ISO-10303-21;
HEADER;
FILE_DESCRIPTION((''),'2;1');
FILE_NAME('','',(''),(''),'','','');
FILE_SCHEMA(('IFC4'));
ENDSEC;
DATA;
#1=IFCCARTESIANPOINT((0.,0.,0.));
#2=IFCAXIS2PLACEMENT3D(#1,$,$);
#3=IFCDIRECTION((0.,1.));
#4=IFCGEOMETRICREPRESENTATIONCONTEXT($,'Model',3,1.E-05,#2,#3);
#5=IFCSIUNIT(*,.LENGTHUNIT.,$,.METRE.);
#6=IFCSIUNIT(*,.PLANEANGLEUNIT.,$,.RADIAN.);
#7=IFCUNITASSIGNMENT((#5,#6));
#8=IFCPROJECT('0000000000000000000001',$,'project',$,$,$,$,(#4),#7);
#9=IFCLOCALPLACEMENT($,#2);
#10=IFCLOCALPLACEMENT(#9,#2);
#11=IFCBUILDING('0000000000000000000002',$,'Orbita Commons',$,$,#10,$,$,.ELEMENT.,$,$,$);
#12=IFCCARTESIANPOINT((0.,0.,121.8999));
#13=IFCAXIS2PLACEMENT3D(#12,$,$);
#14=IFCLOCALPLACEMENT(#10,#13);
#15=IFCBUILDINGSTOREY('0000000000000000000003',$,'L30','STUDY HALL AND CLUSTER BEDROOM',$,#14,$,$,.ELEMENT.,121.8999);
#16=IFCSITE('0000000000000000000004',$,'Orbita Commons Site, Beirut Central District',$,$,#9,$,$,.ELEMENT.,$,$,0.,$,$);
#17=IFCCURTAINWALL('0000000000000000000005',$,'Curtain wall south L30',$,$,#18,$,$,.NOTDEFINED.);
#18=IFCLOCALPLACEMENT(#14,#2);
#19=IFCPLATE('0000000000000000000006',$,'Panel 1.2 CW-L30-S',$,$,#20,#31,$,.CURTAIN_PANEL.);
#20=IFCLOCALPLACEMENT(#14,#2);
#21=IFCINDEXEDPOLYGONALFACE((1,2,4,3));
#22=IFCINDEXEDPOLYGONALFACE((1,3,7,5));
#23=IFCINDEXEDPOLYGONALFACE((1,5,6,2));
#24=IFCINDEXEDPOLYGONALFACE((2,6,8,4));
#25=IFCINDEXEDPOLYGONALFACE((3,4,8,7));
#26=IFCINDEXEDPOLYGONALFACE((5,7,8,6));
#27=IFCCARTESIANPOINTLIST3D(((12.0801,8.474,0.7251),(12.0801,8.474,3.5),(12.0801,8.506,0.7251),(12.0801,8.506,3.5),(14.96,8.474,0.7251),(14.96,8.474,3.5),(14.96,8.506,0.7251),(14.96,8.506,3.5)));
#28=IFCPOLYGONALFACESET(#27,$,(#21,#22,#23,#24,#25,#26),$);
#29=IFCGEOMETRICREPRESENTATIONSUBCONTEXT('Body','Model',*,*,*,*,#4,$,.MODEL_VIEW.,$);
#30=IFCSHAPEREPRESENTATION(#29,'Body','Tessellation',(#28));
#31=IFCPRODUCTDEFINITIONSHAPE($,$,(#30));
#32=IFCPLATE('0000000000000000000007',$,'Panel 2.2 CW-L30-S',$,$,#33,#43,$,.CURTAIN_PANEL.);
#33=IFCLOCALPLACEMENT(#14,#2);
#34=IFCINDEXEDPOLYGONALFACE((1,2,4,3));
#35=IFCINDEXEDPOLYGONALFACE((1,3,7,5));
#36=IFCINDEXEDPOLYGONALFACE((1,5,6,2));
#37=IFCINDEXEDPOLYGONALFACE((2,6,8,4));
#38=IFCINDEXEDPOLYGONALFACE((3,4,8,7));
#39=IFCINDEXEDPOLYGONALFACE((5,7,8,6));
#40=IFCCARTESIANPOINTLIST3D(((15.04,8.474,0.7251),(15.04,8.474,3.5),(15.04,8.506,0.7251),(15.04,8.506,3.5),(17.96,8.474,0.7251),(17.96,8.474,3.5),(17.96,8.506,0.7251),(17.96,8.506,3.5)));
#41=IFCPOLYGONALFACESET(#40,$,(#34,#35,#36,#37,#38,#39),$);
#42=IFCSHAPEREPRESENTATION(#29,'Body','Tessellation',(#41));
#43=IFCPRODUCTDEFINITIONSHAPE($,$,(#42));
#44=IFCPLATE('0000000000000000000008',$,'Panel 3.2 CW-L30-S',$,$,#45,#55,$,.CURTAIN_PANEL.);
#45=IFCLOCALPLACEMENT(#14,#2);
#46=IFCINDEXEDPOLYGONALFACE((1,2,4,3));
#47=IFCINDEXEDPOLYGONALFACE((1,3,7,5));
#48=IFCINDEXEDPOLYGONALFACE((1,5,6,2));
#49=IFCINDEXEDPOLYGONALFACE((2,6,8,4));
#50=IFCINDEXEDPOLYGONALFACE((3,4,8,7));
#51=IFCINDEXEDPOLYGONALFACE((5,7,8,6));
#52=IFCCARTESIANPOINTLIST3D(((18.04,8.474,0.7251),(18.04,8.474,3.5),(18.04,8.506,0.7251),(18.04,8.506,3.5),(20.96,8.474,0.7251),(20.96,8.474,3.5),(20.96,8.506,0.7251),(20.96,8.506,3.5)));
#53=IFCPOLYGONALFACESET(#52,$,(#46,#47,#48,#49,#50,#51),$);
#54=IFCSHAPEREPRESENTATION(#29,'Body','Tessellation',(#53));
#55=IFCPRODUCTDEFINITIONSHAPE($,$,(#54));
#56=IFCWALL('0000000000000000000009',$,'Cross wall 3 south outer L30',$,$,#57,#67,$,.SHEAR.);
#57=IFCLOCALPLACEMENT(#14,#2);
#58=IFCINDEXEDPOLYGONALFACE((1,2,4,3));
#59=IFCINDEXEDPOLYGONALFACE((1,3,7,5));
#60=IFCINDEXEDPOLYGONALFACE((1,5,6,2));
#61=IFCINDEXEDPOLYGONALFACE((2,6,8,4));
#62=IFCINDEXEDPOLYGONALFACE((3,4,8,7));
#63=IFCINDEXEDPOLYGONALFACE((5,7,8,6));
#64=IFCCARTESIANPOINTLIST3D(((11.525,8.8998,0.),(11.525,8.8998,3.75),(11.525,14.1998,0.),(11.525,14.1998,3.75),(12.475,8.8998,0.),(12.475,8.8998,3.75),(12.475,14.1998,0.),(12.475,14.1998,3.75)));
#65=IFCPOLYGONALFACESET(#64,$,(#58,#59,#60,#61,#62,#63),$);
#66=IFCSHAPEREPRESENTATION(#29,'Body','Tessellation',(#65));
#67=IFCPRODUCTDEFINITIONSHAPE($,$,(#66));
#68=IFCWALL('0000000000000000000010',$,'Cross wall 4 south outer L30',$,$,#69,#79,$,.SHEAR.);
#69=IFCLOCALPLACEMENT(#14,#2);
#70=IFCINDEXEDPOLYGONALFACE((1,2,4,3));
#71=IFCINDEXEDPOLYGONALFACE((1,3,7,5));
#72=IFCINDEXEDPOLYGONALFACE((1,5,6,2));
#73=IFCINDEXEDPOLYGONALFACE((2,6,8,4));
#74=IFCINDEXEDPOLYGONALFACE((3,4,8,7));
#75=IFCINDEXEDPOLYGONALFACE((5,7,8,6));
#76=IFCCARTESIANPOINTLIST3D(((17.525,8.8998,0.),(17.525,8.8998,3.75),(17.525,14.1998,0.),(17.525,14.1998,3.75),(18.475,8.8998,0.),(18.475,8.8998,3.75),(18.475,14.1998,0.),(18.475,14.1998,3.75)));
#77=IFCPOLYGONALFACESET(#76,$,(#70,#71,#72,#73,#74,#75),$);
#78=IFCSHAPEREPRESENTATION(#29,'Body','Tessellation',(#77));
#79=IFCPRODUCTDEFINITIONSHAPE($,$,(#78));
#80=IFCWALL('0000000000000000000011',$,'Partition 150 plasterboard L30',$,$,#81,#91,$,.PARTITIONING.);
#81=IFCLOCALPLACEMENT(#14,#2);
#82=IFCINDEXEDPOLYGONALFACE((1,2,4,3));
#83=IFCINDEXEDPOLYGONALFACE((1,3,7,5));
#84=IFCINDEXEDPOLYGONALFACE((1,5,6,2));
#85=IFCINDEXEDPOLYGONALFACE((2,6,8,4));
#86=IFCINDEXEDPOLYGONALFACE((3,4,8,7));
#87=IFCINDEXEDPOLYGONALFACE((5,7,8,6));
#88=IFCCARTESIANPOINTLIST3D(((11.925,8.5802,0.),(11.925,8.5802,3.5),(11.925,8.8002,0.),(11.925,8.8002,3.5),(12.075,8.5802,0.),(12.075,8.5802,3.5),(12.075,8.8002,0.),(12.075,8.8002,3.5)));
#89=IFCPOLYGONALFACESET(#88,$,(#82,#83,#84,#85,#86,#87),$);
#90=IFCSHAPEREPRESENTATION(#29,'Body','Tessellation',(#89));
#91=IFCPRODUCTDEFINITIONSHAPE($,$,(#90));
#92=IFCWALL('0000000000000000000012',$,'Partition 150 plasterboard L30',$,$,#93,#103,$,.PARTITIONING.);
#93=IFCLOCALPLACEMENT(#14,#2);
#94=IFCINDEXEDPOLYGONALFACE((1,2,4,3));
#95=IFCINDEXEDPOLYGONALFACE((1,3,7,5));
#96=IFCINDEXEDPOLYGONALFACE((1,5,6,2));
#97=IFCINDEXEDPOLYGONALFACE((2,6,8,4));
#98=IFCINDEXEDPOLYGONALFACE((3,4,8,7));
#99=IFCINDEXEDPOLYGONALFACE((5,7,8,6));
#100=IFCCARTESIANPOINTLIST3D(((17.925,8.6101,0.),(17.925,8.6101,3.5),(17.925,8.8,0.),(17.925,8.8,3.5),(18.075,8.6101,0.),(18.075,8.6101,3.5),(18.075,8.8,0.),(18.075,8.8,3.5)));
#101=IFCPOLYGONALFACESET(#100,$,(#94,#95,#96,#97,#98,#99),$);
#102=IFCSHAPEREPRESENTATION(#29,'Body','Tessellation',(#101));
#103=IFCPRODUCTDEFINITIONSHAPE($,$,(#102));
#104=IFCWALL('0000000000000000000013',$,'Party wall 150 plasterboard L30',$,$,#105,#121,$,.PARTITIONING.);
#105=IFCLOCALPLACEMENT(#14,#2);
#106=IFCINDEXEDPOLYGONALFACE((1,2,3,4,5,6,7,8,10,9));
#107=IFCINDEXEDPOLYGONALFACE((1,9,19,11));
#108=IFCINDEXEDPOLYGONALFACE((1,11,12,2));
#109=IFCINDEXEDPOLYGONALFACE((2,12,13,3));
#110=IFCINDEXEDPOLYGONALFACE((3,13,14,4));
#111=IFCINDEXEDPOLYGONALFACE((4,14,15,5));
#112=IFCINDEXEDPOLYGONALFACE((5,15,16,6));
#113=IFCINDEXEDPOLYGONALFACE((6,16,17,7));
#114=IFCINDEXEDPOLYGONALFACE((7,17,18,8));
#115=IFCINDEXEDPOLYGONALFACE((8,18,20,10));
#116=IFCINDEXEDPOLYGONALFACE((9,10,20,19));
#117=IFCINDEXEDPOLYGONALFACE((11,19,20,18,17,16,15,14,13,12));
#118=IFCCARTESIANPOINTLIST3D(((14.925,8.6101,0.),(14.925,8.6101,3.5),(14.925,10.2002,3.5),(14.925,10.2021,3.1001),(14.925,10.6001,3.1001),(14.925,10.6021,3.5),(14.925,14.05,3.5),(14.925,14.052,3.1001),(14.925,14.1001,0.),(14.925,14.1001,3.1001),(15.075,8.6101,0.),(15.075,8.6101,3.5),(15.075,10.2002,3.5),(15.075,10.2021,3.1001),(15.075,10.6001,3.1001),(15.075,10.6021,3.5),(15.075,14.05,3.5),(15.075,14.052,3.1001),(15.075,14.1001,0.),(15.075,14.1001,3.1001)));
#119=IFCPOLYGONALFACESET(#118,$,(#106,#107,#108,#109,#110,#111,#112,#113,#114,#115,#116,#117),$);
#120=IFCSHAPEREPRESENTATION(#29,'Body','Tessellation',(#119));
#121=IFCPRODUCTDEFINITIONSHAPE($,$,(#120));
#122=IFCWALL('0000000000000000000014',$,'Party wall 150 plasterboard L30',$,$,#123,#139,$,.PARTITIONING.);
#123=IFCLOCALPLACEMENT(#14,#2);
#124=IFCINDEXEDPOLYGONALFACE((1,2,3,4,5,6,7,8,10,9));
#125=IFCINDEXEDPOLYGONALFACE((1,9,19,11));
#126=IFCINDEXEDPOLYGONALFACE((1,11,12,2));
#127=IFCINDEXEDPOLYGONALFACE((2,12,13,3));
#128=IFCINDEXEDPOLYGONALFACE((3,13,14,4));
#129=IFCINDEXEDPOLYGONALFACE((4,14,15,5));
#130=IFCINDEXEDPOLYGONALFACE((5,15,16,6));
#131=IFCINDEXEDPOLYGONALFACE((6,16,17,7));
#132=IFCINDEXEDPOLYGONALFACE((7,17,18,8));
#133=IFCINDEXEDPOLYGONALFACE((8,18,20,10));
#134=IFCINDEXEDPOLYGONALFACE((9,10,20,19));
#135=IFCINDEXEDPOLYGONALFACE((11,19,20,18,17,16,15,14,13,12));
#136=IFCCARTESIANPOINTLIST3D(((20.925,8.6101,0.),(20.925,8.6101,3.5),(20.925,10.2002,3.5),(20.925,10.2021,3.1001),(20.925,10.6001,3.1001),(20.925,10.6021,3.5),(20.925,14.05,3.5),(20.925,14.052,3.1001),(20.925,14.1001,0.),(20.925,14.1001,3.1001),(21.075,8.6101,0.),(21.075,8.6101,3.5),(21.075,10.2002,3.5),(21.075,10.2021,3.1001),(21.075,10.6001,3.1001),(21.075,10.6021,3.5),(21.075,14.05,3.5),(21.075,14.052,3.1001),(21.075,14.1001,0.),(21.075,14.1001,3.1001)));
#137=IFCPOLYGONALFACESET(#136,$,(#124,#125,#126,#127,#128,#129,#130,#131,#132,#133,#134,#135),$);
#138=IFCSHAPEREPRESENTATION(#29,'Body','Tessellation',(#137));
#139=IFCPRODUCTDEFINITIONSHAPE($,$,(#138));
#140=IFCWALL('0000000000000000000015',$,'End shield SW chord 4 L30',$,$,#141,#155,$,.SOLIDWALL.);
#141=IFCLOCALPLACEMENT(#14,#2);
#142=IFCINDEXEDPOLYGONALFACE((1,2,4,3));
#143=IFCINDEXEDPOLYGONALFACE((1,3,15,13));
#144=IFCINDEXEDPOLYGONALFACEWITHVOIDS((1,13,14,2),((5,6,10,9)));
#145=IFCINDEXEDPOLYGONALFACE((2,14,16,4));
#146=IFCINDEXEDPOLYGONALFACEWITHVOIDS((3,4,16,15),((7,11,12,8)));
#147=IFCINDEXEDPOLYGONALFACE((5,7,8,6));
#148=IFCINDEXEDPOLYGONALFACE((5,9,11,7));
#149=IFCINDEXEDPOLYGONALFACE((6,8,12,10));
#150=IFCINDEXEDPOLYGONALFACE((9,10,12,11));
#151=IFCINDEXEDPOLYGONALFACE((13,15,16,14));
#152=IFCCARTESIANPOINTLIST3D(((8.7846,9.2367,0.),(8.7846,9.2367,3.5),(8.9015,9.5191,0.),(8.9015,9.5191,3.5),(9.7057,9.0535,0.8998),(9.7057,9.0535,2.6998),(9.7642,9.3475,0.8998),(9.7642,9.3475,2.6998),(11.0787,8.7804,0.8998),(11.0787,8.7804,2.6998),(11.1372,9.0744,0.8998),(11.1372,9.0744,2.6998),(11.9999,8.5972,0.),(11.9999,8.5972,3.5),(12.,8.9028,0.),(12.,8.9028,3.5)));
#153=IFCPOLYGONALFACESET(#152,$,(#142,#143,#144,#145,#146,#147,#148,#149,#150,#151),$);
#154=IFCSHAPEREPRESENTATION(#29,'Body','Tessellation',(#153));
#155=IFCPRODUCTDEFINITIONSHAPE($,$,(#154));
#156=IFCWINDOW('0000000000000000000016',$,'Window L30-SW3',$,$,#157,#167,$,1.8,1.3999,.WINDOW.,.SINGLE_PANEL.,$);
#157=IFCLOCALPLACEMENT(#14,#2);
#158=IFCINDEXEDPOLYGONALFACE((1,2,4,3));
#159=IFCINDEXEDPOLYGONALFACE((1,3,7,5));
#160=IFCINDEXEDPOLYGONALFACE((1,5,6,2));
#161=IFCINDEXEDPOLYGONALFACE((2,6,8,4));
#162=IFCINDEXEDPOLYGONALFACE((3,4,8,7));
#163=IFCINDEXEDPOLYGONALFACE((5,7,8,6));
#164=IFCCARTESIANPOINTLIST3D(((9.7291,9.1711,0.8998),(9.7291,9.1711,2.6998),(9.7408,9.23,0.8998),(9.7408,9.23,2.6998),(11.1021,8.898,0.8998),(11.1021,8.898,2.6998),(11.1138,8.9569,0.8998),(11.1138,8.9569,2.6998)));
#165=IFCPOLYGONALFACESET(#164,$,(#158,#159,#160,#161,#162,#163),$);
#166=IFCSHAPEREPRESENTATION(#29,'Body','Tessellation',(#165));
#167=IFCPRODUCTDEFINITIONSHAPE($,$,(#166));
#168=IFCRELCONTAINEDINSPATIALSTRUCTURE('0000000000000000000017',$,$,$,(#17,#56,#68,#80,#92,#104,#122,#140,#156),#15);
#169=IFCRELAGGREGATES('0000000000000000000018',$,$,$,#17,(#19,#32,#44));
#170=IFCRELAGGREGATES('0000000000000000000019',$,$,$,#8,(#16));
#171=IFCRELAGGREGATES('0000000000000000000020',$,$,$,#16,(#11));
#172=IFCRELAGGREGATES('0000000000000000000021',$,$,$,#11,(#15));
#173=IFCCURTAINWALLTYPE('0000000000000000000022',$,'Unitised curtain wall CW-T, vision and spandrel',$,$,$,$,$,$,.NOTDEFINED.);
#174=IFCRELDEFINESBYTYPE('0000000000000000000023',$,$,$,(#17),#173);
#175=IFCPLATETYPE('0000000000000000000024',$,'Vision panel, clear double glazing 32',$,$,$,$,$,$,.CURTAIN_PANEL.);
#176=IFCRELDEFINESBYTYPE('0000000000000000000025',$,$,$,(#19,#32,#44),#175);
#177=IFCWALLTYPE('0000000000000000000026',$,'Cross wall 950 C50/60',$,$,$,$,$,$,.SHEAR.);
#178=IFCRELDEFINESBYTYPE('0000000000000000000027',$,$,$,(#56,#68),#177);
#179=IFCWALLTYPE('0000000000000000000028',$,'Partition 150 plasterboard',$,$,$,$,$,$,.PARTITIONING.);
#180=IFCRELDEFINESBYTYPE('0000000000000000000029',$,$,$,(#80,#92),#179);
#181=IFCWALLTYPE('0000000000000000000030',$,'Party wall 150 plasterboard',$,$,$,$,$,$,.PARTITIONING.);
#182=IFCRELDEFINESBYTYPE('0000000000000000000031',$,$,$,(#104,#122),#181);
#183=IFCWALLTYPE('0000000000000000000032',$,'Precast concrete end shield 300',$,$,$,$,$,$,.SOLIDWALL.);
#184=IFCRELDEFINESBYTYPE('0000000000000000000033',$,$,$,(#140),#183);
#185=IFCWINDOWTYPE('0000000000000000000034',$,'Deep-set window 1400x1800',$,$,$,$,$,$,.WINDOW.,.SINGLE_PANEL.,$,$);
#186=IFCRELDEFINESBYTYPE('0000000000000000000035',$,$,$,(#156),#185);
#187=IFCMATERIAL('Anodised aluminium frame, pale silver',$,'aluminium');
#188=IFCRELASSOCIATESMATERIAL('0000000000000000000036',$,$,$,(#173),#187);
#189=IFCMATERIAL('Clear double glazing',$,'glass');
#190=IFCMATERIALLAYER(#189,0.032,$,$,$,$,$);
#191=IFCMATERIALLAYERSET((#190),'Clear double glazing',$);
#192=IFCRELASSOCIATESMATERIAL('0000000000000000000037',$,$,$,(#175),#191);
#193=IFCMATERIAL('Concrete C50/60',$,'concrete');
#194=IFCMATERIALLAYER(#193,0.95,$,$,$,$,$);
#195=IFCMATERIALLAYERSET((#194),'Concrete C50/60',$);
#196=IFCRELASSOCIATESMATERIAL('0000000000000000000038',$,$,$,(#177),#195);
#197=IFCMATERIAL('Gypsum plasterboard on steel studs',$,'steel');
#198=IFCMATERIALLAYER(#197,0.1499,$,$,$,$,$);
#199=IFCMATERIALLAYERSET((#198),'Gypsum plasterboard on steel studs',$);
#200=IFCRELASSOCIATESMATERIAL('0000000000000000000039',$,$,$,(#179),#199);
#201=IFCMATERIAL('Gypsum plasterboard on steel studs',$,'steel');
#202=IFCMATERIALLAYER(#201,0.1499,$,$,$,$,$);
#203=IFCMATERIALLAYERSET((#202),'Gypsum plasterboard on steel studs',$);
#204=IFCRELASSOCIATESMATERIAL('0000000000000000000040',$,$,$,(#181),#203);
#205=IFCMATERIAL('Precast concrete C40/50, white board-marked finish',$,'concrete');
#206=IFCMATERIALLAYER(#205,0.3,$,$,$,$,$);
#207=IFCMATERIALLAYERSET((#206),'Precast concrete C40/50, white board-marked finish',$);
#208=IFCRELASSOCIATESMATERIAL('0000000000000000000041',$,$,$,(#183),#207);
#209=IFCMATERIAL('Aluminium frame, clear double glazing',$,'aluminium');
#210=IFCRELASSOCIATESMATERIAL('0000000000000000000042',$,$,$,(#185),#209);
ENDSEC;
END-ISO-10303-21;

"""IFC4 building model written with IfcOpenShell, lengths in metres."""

from ifc_helpers import new_model, si_unit, direction, frame, frame_2d, origin, origin_2d, place, context, subcontext, project, spatial, polyline, rectangle, outline, extrude, material, layer, layer_set, type_object, element, fill, aggregate, save


model = new_model("IFC4")

# Units and contexts
model_context = context("Model", 3, precision=1e-05, world=origin(), true_north=direction((0.0, 1.0)))
body_context = subcontext(model_context, "Body", "Model", "MODEL_VIEW")
ifc_project = project(units=[si_unit("LENGTHUNIT", "METRE"), si_unit("PLANEANGLEUNIT", "RADIAN")], contexts=[model_context])

# Site, building, storey
site_placement = place(None, origin())
site = spatial("IfcSite", under=ifc_project, at=site_placement, Name="Orbita Commons Site, Beirut Central District", CompositionType="ELEMENT", RefElevation=0.0)
building_placement = place(site_placement, origin())
building = spatial("IfcBuilding", under=site, at=building_placement, Name="Orbita Commons", CompositionType="ELEMENT")
storey_placement = place(building_placement, frame((0.0, 0.0, 121.8999)))
storey = spatial("IfcBuildingStorey", under=building, at=storey_placement, Name="L30", Description="STUDY HALL AND CLUSTER BEDROOM", CompositionType="ELEMENT", Elevation=121.8999)

# Curtain wall
ifc_material_1 = material(Name="Anodised aluminium frame, pale silver", Category="aluminium")
curtain_wall_type = type_object("IfcCurtainWallType", Name="Unitised curtain wall CW-T, vision and spandrel", PredefinedType="NOTDEFINED", material=ifc_material_1)
curtain_wall_placement = place(storey_placement, origin())
curtain_wall = element("IfcCurtainWall", 1, at=curtain_wall_placement, inside=storey, type_object=curtain_wall_type, Name="Curtain wall south L30", PredefinedType="NOTDEFINED")

# Plates
ifc_material_2 = material(Name="Clear double glazing", Category="glass")
ifc_layer_1 = layer(ifc_material_2, 0.032)
ifc_layer_set_1 = layer_set([ifc_layer_1], Name="Clear double glazing")
plate_type_1 = type_object("IfcPlateType", Name="Vision panel, clear double glazing 32", PredefinedType="CURTAIN_PANEL", material=ifc_layer_set_1)
plate_1_placement = place(storey_placement, frame((13.52, 8.49, 0.7251), z_axis=(0.0, 0.0, 1.0), x_axis=(1.0, 0.0, 0.0)))
plate_1 = element("IfcPlate", 2, at=plate_1_placement, type_object=plate_type_1, Name="Panel 1.2 CW-L30-S", PredefinedType="CURTAIN_PANEL", context=body_context, shape_type="SweptSolid", body=[
    extrude(rectangle(XDim=2.8799, YDim=0.032, at=origin_2d()), origin(), (0.0, 0.0, 1.0), 2.7749),
])
plate_2_placement = place(storey_placement, frame((16.5, 8.49, 0.7251), z_axis=(0.0, 0.0, 1.0), x_axis=(1.0, 0.0, 0.0)))
plate_2 = element("IfcPlate", 3, at=plate_2_placement, type_object=plate_type_1, Name="Panel 2.2 CW-L30-S", PredefinedType="CURTAIN_PANEL", context=body_context, shape_type="SweptSolid", body=[
    extrude(rectangle(XDim=2.9199, YDim=0.032, at=origin_2d()), origin(), (0.0, 0.0, 1.0), 2.7749),
])
plate_3_placement = place(storey_placement, frame((19.5, 8.49, 0.7251), z_axis=(0.0, 0.0, 1.0), x_axis=(1.0, 0.0, 0.0)))
plate_3 = element("IfcPlate", 4, at=plate_3_placement, type_object=plate_type_1, Name="Panel 3.2 CW-L30-S", PredefinedType="CURTAIN_PANEL", context=body_context, shape_type="SweptSolid", body=[
    extrude(rectangle(XDim=2.9199, YDim=0.032, at=origin_2d()), origin(), (0.0, 0.0, 1.0), 2.7749),
])
aggregate(curtain_wall, [plate_1, plate_2, plate_3])

# Walls
ifc_material_3 = material(Name="Concrete C50/60", Category="concrete")
ifc_layer_2 = layer(ifc_material_3, 0.95)
ifc_layer_set_2 = layer_set([ifc_layer_2], Name="Concrete C50/60")
wall_type_1 = type_object("IfcWallType", Name="Cross wall 950 C50/60", PredefinedType="SHEAR", material=ifc_layer_set_2)
for number, where, z_axis, x_axis, name in (
    (5, (12.0, 8.8999, 0.0), (0.0, 0.0, 1.0), (0.0, 1.0, 0.0), "Cross wall 3 south outer L30"),
    (6, (18.0, 8.8999, 0.0), (0.0, 0.0, 1.0), (0.0, 1.0, 0.0), "Cross wall 4 south outer L30"),
):
    element("IfcWall", number, at=place(storey_placement, frame(where, z_axis=z_axis, x_axis=x_axis)), inside=storey, type_object=wall_type_1, Name=name, PredefinedType="SHEAR", context=body_context, shape_type="SweptSolid", body=[
        extrude(rectangle(XDim=5.3, YDim=0.95, at=frame_2d((2.6499, 0.0))), origin(), (0.0, 0.0, 1.0), 3.75),
    ])
ifc_material_4 = material(Name="Gypsum plasterboard on steel studs", Category="steel")
ifc_layer_3 = layer(ifc_material_4, 0.1499)
ifc_layer_set_3 = layer_set([ifc_layer_3], Name="Gypsum plasterboard on steel studs")
wall_type_2 = type_object("IfcWallType", Name="Partition 150 plasterboard", PredefinedType="PARTITIONING", material=ifc_layer_set_3)
wall_1_placement = place(storey_placement, frame((12.0, 8.8, 0.0), z_axis=(0.0, 0.0, 1.0), x_axis=(0.0, -1.0, 0.0)))
element("IfcWall", 7, at=wall_1_placement, inside=storey, type_object=wall_type_2, Name="Partition 150 plasterboard L30", PredefinedType="PARTITIONING", context=body_context, shape_type="SweptSolid", body=[
    extrude(rectangle(XDim=0.22, YDim=0.1499, at=frame_2d((0.1099, 0.0))), origin(), (0.0, 0.0, 1.0), 3.5),
])
wall_2_placement = place(storey_placement, frame((18.0, 8.8, 0.0), z_axis=(0.0, 0.0, 1.0), x_axis=(0.0, -1.0, 0.0)))
element("IfcWall", 8, at=wall_2_placement, inside=storey, type_object=wall_type_2, Name="Partition 150 plasterboard L30", PredefinedType="PARTITIONING", context=body_context, shape_type="SweptSolid", body=[
    extrude(rectangle(XDim=0.1899, YDim=0.1499, at=frame_2d((0.095, 0.0))), origin(), (0.0, 0.0, 1.0), 3.5),
])
ifc_material_5 = material(Name="Gypsum plasterboard on steel studs", Category="steel")
ifc_layer_4 = layer(ifc_material_5, 0.1499)
ifc_layer_set_4 = layer_set([ifc_layer_4], Name="Gypsum plasterboard on steel studs")
wall_type_3 = type_object("IfcWallType", Name="Party wall 150 plasterboard", PredefinedType="PARTITIONING", material=ifc_layer_set_4)
for number, where, z_axis, x_axis, name in (
    (9, (15.0, 8.6101, 0.0), (0.0, 0.0, 1.0), (0.0, 1.0, 0.0), "Party wall 150 plasterboard L30"),
    (10, (21.0, 8.6101, 0.0), (0.0, 0.0, 1.0), (0.0, 1.0, 0.0), "Party wall 150 plasterboard L30"),
):
    element("IfcWall", number, at=place(storey_placement, frame(where, z_axis=z_axis, x_axis=x_axis)), inside=storey, type_object=wall_type_3, Name=name, PredefinedType="PARTITIONING", context=body_context, shape_type="SweptSolid", body=[
        extrude(outline(polyline([(0.0, 0.0), (5.49, 0.0), (5.49, 3.1001), (5.4419, 3.1001), (5.4399, 3.5), (1.9919, 3.5), (1.99, 3.1001), (1.592, 3.1001), (1.5901, 3.5), (0.0, 3.5), (0.0, 0.0)])), frame((0.0, 0.075, 0.0), z_axis=(0.0, -1.0, 0.0), x_axis=(1.0, 0.0, 0.0)), (0.0, 0.0, 1.0), 0.1499),
    ])

# Wall, opening, window
ifc_material_6 = material(Name="Precast concrete C40/50, white board-marked finish", Category="concrete")
ifc_layer_5 = layer(ifc_material_6, 0.3)
ifc_layer_set_5 = layer_set([ifc_layer_5], Name="Precast concrete C40/50, white board-marked finish")
wall_type_4 = type_object("IfcWallType", Name="Precast concrete end shield 300", PredefinedType="SOLIDWALL", material=ifc_layer_set_5)
wall_3_placement = place(storey_placement, frame((8.843, 9.3779, 0.0), z_axis=(0.0, 0.0, 1.0), x_axis=(0.980787, -0.19508, 0.0)))
wall_3 = element("IfcWall", 11, at=wall_3_placement, inside=storey, type_object=wall_type_4, Name="End shield SW chord 4 L30", PredefinedType="SOLIDWALL", context=body_context, shape_type="SweptSolid", body=[
    extrude(outline(polyline([(-0.0298, -0.1499), (3.2485, -0.1499), (3.189, 0.1499), (0.0298, 0.1499), (-0.0298, -0.1499)])), origin(), (0.0, 0.0, 1.0), 3.5),
])
opening_placement = place(wall_3_placement, frame((0.9094, 0.0, 0.8999)))
opening = element("IfcOpeningElement", 12, at=opening_placement, cuts=wall_3, PredefinedType="OPENING", context=body_context, shape_type="SweptSolid", body=[
    extrude(rectangle(XDim=1.3999, YDim=1.8, at=frame_2d((0.7, 0.8999))), frame((0.0, 0.1599, 0.0), z_axis=(0.0, -1.0, 0.0), x_axis=(1.0, 0.0, 0.0)), (0.0, 0.0, 1.0), 0.3201),
])
ifc_material_7 = material(Name="Aluminium frame, clear double glazing", Category="aluminium")
window_type = type_object("IfcWindowType", Name="Deep-set window 1400x1800", PartitioningType="SINGLE_PANEL", PredefinedType="WINDOW", material=ifc_material_7)
window_placement = place(opening_placement, origin())
window = element("IfcWindow", 13, at=window_placement, inside=storey, type_object=window_type, Name="Window L30-SW3", OverallHeight=1.8, OverallWidth=1.3999, PartitioningType="SINGLE_PANEL", PredefinedType="WINDOW", context=body_context, shape_type="SweptSolid", body=[
    extrude(rectangle(XDim=1.3999, YDim=1.8, at=frame_2d((0.7, 0.8999))), frame((0.0, 0.03, 0.0), z_axis=(0.0, -1.0, 0.0), x_axis=(1.0, 0.0, 0.0)), (0.0, 0.0, 1.0), 0.0601),
])
fill(opening, window)

save(model, "model.ifc")
